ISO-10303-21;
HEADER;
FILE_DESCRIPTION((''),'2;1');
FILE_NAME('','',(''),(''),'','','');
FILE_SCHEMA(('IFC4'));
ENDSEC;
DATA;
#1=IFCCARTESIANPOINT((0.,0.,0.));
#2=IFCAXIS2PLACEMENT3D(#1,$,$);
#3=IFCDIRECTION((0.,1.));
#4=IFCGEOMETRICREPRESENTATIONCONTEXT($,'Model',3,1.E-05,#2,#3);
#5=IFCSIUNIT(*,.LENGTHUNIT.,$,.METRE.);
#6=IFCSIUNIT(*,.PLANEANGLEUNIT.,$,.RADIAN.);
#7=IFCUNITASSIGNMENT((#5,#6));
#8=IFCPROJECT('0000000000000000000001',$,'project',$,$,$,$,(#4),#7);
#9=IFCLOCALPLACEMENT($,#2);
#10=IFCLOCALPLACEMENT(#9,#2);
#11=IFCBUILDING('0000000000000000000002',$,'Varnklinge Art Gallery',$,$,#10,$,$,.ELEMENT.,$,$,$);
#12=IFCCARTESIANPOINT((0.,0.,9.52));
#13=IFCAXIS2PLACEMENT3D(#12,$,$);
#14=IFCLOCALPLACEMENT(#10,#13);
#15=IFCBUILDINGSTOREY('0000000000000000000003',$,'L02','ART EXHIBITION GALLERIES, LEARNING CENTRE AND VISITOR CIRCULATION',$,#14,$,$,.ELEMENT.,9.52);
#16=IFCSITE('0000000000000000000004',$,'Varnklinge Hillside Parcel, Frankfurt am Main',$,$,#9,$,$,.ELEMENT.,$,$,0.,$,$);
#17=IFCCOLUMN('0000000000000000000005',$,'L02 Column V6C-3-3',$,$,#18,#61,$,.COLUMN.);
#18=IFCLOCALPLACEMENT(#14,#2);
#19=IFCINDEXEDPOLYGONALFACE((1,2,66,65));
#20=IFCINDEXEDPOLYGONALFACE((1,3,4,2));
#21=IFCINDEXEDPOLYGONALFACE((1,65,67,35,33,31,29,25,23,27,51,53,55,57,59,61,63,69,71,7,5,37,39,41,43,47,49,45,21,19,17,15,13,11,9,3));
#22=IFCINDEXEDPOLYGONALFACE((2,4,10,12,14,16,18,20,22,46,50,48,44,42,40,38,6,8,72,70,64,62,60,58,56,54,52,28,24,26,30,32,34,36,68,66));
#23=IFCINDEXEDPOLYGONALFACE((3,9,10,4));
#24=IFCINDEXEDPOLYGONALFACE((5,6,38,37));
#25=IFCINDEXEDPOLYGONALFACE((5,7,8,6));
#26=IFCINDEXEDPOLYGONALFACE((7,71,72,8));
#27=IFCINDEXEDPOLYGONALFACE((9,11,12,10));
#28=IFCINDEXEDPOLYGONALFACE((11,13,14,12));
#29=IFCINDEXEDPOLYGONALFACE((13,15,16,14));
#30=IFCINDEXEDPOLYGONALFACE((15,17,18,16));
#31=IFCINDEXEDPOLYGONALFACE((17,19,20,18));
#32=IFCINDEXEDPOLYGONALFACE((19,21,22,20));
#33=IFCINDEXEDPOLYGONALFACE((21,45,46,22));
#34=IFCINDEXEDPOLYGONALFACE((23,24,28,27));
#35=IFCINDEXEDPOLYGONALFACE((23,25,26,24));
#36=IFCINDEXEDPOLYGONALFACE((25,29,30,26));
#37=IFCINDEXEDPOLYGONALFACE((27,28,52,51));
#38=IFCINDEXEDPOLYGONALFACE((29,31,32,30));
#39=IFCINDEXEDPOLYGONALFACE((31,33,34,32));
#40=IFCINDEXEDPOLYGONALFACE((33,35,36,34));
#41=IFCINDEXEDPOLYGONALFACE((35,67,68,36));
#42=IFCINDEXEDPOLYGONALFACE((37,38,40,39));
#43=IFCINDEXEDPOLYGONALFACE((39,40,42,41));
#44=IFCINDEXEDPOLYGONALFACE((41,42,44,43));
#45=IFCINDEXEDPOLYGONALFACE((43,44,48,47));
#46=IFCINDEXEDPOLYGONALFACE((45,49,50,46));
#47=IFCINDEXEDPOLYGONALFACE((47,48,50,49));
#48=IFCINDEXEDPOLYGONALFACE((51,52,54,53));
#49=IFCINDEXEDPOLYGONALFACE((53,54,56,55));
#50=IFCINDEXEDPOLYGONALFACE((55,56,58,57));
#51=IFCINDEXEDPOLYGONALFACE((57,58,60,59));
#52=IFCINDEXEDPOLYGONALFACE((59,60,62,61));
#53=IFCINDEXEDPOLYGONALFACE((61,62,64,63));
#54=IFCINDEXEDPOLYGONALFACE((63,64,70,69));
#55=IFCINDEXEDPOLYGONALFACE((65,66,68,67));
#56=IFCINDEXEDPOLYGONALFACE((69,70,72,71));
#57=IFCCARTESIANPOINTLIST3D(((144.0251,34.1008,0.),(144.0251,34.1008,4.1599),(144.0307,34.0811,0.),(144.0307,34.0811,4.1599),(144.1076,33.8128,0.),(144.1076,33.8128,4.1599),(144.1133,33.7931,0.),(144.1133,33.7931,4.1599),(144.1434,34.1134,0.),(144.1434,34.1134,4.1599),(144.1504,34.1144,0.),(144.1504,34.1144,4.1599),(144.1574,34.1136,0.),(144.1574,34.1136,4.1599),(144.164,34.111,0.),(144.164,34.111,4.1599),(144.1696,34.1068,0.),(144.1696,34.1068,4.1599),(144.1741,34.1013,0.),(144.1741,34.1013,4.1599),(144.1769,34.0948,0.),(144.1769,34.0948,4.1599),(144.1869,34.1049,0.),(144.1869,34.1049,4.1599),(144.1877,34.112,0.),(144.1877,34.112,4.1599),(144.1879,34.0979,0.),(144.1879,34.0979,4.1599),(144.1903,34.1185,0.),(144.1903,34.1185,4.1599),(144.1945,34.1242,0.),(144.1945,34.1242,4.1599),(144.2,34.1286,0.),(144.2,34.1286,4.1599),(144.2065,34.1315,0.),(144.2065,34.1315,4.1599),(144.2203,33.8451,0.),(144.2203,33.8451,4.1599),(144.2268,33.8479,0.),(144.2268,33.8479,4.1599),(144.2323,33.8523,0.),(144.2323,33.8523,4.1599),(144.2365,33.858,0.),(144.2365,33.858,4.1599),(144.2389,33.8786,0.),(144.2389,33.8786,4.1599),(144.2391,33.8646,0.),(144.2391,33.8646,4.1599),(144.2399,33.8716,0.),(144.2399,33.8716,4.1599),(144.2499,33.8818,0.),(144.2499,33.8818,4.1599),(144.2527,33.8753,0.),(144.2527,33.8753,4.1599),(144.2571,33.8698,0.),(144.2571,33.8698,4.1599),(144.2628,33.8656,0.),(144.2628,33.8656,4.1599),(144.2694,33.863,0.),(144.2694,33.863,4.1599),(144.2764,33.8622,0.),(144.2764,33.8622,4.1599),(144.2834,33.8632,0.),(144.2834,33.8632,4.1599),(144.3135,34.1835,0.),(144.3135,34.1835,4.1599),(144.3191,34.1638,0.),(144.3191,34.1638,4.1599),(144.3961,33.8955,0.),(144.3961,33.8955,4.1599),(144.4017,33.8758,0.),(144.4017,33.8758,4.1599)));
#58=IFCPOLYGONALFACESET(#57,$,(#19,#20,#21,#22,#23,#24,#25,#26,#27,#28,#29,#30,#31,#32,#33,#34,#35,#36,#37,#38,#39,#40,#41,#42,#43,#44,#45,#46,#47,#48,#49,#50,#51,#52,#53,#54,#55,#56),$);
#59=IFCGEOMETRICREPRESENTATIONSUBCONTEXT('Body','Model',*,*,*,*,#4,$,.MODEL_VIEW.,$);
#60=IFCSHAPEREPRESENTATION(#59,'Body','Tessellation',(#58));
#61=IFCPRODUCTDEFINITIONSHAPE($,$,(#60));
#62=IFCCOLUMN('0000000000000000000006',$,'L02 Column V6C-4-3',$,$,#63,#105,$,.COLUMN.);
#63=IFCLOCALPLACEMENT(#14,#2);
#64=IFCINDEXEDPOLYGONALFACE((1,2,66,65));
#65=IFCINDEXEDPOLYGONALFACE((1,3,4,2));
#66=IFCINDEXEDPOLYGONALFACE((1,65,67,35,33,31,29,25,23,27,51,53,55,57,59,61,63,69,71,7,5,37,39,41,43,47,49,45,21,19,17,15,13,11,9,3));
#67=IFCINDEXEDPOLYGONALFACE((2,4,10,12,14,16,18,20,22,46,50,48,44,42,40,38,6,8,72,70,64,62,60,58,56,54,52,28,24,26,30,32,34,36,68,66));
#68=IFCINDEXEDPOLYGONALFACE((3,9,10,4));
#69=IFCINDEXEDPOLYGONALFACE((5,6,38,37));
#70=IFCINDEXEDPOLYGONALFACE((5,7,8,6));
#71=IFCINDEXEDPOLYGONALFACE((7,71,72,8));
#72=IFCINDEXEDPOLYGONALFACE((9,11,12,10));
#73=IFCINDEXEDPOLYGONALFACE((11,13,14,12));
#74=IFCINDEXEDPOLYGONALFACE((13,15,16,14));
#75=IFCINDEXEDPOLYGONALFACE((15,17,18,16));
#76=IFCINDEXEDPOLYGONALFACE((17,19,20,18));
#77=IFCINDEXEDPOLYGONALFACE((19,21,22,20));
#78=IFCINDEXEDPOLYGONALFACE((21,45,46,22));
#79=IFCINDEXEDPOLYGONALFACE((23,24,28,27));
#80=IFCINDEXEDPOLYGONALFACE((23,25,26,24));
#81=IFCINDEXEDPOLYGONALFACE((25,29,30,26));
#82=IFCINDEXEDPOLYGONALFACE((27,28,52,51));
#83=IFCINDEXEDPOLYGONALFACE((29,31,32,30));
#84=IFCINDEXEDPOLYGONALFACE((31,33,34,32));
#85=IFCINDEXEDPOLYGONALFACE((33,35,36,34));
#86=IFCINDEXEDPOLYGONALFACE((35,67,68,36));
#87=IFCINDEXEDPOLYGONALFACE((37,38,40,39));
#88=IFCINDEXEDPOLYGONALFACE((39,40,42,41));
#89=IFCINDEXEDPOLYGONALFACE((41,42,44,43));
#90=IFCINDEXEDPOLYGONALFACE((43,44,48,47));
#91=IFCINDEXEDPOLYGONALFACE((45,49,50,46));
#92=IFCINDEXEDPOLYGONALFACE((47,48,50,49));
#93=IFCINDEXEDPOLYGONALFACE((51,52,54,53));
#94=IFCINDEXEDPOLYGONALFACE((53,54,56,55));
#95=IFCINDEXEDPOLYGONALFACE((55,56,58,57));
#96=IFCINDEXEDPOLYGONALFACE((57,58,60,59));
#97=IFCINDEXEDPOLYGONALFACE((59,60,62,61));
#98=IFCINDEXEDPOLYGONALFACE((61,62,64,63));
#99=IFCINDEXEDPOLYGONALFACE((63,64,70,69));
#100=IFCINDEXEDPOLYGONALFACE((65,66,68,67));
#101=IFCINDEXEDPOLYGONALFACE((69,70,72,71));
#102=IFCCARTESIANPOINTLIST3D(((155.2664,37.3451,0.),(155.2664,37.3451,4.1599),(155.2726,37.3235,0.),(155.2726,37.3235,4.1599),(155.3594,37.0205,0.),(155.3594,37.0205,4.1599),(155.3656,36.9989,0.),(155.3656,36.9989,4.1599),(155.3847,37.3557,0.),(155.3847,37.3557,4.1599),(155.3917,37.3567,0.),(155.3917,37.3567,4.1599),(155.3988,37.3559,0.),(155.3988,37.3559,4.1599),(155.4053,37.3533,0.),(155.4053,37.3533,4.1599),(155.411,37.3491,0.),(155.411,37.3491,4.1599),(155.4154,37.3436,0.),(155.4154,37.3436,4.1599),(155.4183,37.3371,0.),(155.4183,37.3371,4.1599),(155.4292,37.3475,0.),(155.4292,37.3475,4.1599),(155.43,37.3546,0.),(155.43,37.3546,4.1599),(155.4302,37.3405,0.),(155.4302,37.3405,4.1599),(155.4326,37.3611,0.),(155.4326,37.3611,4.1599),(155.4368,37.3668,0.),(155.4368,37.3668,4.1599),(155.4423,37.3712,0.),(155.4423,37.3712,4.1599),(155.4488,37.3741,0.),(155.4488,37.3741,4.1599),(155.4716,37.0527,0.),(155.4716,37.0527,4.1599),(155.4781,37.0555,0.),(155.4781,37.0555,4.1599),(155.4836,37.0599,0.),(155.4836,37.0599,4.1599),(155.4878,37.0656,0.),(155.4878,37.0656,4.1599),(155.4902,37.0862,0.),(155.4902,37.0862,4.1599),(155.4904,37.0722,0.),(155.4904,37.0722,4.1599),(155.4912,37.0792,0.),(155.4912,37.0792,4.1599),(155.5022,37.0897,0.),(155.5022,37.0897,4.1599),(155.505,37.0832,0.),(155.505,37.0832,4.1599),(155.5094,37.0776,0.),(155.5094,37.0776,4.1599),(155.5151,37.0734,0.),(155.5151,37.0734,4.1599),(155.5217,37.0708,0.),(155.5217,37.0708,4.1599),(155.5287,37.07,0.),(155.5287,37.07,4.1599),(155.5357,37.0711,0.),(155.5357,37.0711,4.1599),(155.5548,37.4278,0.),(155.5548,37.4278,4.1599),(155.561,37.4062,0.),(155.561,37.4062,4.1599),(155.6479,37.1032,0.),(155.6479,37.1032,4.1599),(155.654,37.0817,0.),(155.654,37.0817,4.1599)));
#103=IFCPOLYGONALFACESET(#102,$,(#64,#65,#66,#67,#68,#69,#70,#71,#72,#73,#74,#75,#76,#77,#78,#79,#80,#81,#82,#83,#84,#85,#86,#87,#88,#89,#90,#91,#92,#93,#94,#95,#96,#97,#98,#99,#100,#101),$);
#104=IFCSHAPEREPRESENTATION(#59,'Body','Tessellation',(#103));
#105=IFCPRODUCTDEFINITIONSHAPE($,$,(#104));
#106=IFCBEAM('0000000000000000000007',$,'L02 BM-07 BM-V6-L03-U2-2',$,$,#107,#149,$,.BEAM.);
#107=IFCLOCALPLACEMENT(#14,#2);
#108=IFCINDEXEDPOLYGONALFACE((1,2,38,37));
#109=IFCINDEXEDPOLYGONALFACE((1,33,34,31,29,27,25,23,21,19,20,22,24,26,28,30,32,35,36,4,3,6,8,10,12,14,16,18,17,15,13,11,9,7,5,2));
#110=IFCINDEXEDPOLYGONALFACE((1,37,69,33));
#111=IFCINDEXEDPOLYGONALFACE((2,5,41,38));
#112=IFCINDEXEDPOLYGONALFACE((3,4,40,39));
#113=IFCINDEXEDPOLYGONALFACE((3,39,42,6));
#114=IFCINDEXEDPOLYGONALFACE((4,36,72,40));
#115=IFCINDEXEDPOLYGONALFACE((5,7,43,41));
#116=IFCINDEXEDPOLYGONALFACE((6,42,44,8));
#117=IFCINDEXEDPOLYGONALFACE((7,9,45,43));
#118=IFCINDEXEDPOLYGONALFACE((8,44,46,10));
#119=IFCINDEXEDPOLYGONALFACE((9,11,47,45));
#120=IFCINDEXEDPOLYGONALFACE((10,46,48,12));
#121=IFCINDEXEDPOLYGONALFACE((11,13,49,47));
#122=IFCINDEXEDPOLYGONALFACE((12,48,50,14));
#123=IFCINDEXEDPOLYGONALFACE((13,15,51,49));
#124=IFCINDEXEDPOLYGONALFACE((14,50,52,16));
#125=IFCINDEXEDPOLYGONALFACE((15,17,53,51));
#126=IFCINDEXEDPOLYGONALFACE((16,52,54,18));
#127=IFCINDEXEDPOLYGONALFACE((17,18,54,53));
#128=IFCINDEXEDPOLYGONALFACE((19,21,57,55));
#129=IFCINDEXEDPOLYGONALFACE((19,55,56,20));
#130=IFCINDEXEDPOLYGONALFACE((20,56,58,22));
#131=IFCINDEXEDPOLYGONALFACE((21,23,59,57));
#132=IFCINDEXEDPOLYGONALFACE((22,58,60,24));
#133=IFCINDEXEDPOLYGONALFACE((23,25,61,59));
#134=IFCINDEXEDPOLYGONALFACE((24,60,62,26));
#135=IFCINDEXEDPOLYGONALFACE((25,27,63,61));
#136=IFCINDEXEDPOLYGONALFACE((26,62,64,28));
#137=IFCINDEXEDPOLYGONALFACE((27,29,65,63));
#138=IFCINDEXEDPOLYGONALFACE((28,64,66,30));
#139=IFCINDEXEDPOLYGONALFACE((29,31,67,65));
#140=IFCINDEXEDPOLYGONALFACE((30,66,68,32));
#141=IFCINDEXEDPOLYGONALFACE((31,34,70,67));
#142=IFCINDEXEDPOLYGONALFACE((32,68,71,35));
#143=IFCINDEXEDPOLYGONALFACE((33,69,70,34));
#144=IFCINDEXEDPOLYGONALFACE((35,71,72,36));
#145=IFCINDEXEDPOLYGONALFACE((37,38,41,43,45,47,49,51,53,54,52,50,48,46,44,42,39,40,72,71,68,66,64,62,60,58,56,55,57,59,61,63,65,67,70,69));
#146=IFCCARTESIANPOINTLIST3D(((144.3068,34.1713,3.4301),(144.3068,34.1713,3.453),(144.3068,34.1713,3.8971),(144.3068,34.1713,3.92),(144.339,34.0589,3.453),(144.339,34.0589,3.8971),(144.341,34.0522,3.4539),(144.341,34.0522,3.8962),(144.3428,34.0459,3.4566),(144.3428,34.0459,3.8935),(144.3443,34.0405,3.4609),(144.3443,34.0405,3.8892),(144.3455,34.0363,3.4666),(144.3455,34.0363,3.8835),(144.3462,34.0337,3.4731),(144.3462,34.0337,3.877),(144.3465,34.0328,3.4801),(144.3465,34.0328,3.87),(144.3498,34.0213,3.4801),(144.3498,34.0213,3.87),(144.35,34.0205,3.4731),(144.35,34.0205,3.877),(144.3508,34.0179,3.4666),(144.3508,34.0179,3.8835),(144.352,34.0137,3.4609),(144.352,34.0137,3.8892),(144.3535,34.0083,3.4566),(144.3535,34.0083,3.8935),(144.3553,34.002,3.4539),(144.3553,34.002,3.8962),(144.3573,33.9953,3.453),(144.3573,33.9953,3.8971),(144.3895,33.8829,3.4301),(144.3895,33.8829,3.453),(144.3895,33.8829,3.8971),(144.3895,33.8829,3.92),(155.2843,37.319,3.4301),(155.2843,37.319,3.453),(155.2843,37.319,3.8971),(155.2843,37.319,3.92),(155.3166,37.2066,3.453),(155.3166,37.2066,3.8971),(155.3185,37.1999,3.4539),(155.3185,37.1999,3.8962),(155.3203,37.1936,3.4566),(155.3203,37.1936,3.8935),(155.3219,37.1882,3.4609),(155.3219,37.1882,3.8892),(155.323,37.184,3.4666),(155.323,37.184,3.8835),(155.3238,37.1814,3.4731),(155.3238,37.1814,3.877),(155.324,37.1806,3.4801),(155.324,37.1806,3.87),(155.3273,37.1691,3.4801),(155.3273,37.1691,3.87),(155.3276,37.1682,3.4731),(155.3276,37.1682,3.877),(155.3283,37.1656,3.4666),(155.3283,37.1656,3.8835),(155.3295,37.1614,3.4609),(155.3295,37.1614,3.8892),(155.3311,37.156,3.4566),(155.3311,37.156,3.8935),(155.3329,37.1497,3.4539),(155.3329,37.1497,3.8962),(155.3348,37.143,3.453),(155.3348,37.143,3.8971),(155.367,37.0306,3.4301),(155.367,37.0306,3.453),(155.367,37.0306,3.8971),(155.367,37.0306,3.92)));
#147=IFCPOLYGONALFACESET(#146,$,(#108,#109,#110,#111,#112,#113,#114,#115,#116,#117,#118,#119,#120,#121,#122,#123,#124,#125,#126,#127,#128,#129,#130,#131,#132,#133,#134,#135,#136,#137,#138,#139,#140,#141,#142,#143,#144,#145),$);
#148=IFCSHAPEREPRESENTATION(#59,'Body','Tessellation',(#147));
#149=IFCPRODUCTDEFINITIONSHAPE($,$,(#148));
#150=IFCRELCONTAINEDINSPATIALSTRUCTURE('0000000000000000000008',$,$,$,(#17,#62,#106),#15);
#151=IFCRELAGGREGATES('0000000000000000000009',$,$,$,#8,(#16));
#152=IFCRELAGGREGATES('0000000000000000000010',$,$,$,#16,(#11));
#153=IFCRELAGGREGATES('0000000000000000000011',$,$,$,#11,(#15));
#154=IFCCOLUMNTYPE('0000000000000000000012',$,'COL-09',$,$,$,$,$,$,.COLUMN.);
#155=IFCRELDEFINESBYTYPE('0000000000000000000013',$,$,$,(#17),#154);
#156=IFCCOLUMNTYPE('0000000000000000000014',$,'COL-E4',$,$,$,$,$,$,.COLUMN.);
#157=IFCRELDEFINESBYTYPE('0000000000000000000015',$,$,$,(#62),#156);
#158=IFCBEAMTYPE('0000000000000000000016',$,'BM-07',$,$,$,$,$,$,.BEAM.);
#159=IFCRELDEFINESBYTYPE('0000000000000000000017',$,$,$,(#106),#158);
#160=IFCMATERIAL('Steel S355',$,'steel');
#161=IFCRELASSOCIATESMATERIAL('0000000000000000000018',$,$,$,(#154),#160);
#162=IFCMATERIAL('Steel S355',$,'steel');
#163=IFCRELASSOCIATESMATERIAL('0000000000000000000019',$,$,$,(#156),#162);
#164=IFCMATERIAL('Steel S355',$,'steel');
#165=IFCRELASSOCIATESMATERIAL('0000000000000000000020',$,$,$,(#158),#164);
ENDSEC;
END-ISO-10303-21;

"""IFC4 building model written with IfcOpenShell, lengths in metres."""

from ifc_helpers import new_model, si_unit, direction, frame, origin, origin_2d, place, context, subcontext, project, spatial, i_section, extrude, material, material_profile, profile_set, type_object, element, save


model = new_model("IFC4")

# Units and contexts
model_context = context("Model", 3, precision=1e-05, world=origin(), true_north=direction((0.0, 1.0)))
body_context = subcontext(model_context, "Body", "Model", "MODEL_VIEW")
ifc_project = project(units=[si_unit("LENGTHUNIT", "METRE"), si_unit("PLANEANGLEUNIT", "RADIAN")], contexts=[model_context])

# Site, building, storey
site_placement = place(None, origin())
site = spatial("IfcSite", under=ifc_project, at=site_placement, Name="Varnklinge Hillside Parcel, Frankfurt am Main", CompositionType="ELEMENT", RefElevation=0.0)
building_placement = place(site_placement, origin())
building = spatial("IfcBuilding", under=site, at=building_placement, Name="Varnklinge Art Gallery", CompositionType="ELEMENT")
storey_placement = place(building_placement, frame((0.0, 0.0, 9.52)))
storey = spatial("IfcBuildingStorey", under=building, at=storey_placement, Name="L02", Description="ART EXHIBITION GALLERIES, LEARNING CENTRE AND VISITOR CIRCULATION", CompositionType="ELEMENT", Elevation=9.52)

# Columns
ifc_material_1 = material(Name="Steel S355", Category="steel")
ifc_material_profile_1 = material_profile(ifc_material_1, i_section(OverallWidth=0.3, OverallDepth=0.3201, WebThickness=0.0115, FlangeThickness=0.0205, FilletRadius=0.0271, at=origin_2d()), Name="HEB 320")
ifc_profile_set_1 = profile_set([ifc_material_profile_1], Name="Steel S355")
column_type_1 = type_object("IfcColumnType", Name="COL-09", PredefinedType="COLUMN", material=ifc_profile_set_1)
column_1_placement = place(storey_placement, frame((144.2134, 33.9883, 0.0), z_axis=(0.0, 0.0, 1.0), x_axis=(0.961262, 0.275637, 0.0)))
element("IfcColumn", 1, at=column_1_placement, inside=storey, type_object=column_type_1, Name="L02 Column V6C-3-3", PredefinedType="COLUMN", context=body_context, shape_type="SweptSolid", body=[
    extrude(i_section(OverallWidth=0.3, OverallDepth=0.3201, WebThickness=0.0115, FlangeThickness=0.0205, FilletRadius=0.0271, at=origin_2d()), origin(), (0.0, 0.0, 1.0), 4.1599),
])
ifc_material_2 = material(Name="Steel S355", Category="steel")
ifc_material_profile_2 = material_profile(ifc_material_2, i_section(OverallWidth=0.3, OverallDepth=0.3601, WebThickness=0.0125, FlangeThickness=0.0225, FilletRadius=0.0271, at=origin_2d()), Name="HEB 360")
ifc_profile_set_2 = profile_set([ifc_material_profile_2], Name="Steel S355")
column_type_2 = type_object("IfcColumnType", Name="COL-E4", PredefinedType="COLUMN", material=ifc_profile_set_2)
column_2_placement = place(storey_placement, frame((155.4602, 37.2134, 0.0), z_axis=(0.0, 0.0, 1.0), x_axis=(0.961262, 0.275637, 0.0)))
element("IfcColumn", 2, at=column_2_placement, inside=storey, type_object=column_type_2, Name="L02 Column V6C-4-3", PredefinedType="COLUMN", context=body_context, shape_type="SweptSolid", body=[
    extrude(i_section(OverallWidth=0.3, OverallDepth=0.3601, WebThickness=0.0125, FlangeThickness=0.0225, FilletRadius=0.0271, at=origin_2d()), origin(), (0.0, 0.0, 1.0), 4.1599),
])

# Beam
ifc_material_3 = material(Name="Steel S355", Category="steel")
ifc_material_profile_3 = material_profile(ifc_material_3, i_section(OverallWidth=0.3, OverallDepth=0.49, WebThickness=0.012, FlangeThickness=0.0229, FilletRadius=0.0271, at=origin_2d()), Name="HEA 500")
ifc_profile_set_3 = profile_set([ifc_material_profile_3], Name="Steel S355")
beam_type_1 = type_object("IfcBeamType", Name="BM-07", PredefinedType="BEAM", material=ifc_profile_set_3)
beam_1_placement = place(storey_placement, frame((144.3481, 34.0271, 3.675), z_axis=(0.961263, 0.275633, 0.0), x_axis=(-0.275633, 0.961263, 0.0)))
element("IfcBeam", 3, at=beam_1_placement, inside=storey, type_object=beam_type_1, Name="L02 BM-07 BM-V6-L03-U2-2", PredefinedType="BEAM", context=body_context, shape_type="SweptSolid", body=[
    extrude(i_section(OverallWidth=0.3, OverallDepth=0.49, WebThickness=0.012, FlangeThickness=0.0229, FilletRadius=0.0271, at=origin_2d()), origin(), (0.0, 0.0, 1.0), 11.4199),
])

save(model, "model.ifc")
